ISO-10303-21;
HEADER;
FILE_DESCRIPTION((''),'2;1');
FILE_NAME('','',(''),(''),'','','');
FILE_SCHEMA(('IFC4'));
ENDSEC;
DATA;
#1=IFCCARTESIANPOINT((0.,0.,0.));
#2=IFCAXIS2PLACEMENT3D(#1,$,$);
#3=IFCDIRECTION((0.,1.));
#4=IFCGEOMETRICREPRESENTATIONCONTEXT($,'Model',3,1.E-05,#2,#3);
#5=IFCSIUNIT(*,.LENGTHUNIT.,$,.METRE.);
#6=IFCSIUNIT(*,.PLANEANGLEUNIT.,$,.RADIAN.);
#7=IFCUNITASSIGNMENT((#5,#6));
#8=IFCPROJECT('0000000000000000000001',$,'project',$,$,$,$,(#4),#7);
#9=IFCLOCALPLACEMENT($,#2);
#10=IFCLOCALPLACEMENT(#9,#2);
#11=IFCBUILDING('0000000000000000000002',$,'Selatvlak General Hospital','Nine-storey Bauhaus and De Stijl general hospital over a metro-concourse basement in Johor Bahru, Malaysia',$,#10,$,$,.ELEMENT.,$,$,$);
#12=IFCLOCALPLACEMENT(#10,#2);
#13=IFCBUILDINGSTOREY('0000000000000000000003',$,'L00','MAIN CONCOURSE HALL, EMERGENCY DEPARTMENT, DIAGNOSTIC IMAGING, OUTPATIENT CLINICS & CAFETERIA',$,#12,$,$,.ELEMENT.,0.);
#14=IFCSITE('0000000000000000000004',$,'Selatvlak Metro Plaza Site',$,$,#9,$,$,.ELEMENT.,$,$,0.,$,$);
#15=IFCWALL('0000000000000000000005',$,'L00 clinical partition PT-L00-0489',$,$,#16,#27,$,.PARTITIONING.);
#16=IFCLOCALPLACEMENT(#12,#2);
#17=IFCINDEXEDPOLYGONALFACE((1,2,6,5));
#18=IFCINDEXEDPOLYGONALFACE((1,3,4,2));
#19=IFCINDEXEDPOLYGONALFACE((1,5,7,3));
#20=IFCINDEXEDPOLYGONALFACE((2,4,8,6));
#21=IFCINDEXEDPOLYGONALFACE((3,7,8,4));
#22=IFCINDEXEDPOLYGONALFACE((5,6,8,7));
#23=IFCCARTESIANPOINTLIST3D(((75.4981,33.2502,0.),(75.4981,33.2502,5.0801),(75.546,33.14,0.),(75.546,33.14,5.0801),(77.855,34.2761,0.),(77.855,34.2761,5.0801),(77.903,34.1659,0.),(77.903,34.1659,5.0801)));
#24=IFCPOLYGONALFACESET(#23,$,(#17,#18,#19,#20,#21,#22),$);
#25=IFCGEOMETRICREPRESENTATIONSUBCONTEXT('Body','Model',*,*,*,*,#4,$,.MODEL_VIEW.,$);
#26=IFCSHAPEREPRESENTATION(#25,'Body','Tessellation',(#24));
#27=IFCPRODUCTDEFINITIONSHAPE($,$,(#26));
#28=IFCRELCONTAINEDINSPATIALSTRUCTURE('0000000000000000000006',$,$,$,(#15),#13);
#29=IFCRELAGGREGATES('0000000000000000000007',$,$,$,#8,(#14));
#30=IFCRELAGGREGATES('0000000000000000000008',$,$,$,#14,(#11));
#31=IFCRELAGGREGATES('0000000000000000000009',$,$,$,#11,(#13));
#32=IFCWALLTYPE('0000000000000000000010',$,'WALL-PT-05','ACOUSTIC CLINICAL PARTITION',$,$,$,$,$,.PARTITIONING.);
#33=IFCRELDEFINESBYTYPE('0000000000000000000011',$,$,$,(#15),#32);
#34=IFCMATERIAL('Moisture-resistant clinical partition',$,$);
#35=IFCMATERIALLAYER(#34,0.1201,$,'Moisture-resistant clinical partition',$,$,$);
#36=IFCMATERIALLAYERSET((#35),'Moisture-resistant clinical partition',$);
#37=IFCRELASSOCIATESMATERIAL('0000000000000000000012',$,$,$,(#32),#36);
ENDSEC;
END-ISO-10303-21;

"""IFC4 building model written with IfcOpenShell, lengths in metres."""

from ifc_helpers import new_model, si_unit, direction, frame, frame_2d, origin, place, context, subcontext, project, spatial, rectangle, extrude, material, layer, layer_set, type_object, element, save


model = new_model("IFC4")

# Units and contexts
model_context = context("Model", 3, precision=1e-05, world=origin(), true_north=direction((0.0, 1.0)))
body_context = subcontext(model_context, "Body", "Model", "MODEL_VIEW")
ifc_project = project(units=[si_unit("LENGTHUNIT", "METRE"), si_unit("PLANEANGLEUNIT", "RADIAN")], contexts=[model_context])

# Site, building, storey
site_placement = place(None, origin())
site = spatial("IfcSite", under=ifc_project, at=site_placement, Name="Selatvlak Metro Plaza Site", CompositionType="ELEMENT", RefElevation=0.0)
building_placement = place(site_placement, origin())
building = spatial("IfcBuilding", under=site, at=building_placement, Name="Selatvlak General Hospital", Description="Nine-storey Bauhaus and De Stijl general hospital over a metro-concourse basement in Johor Bahru, Malaysia", CompositionType="ELEMENT")
storey_placement = place(building_placement, origin())
storey = spatial("IfcBuildingStorey", under=building, at=storey_placement, Name="L00", Description="MAIN CONCOURSE HALL, EMERGENCY DEPARTMENT, DIAGNOSTIC IMAGING, OUTPATIENT CLINICS & CAFETERIA", CompositionType="ELEMENT", Elevation=0.0)

# Shared definitions
ifc_material_1 = material(Name="Moisture-resistant clinical partition")

# Wall
ifc_layer_1 = layer(ifc_material_1, 0.1201, Name="Moisture-resistant clinical partition")
ifc_layer_set_1 = layer_set([ifc_layer_1], Name="Moisture-resistant clinical partition")
wall_type_1 = type_object("IfcWallType", Name="WALL-PT-05", Description="ACOUSTIC CLINICAL PARTITION", PredefinedType="PARTITIONING", material=ifc_layer_set_1)
wall_1_placement = place(storey_placement, frame((77.8789, 34.2209, 0.0), z_axis=(0.0, 0.0, 1.0), x_axis=(-0.91691, -0.399094, 0.0)))
element("IfcWall", 1, at=wall_1_placement, inside=storey, type_object=wall_type_1, Name="L00 clinical partition PT-L00-0489", PredefinedType="PARTITIONING", context=body_context, shape_type="SweptSolid", body=[
    extrude(rectangle(XDim=2.5706, YDim=0.1201, at=frame_2d((1.2852, 0.0))), origin(), (0.0, 0.0, 1.0), 5.0801),
])

save(model, "model.ifc")
